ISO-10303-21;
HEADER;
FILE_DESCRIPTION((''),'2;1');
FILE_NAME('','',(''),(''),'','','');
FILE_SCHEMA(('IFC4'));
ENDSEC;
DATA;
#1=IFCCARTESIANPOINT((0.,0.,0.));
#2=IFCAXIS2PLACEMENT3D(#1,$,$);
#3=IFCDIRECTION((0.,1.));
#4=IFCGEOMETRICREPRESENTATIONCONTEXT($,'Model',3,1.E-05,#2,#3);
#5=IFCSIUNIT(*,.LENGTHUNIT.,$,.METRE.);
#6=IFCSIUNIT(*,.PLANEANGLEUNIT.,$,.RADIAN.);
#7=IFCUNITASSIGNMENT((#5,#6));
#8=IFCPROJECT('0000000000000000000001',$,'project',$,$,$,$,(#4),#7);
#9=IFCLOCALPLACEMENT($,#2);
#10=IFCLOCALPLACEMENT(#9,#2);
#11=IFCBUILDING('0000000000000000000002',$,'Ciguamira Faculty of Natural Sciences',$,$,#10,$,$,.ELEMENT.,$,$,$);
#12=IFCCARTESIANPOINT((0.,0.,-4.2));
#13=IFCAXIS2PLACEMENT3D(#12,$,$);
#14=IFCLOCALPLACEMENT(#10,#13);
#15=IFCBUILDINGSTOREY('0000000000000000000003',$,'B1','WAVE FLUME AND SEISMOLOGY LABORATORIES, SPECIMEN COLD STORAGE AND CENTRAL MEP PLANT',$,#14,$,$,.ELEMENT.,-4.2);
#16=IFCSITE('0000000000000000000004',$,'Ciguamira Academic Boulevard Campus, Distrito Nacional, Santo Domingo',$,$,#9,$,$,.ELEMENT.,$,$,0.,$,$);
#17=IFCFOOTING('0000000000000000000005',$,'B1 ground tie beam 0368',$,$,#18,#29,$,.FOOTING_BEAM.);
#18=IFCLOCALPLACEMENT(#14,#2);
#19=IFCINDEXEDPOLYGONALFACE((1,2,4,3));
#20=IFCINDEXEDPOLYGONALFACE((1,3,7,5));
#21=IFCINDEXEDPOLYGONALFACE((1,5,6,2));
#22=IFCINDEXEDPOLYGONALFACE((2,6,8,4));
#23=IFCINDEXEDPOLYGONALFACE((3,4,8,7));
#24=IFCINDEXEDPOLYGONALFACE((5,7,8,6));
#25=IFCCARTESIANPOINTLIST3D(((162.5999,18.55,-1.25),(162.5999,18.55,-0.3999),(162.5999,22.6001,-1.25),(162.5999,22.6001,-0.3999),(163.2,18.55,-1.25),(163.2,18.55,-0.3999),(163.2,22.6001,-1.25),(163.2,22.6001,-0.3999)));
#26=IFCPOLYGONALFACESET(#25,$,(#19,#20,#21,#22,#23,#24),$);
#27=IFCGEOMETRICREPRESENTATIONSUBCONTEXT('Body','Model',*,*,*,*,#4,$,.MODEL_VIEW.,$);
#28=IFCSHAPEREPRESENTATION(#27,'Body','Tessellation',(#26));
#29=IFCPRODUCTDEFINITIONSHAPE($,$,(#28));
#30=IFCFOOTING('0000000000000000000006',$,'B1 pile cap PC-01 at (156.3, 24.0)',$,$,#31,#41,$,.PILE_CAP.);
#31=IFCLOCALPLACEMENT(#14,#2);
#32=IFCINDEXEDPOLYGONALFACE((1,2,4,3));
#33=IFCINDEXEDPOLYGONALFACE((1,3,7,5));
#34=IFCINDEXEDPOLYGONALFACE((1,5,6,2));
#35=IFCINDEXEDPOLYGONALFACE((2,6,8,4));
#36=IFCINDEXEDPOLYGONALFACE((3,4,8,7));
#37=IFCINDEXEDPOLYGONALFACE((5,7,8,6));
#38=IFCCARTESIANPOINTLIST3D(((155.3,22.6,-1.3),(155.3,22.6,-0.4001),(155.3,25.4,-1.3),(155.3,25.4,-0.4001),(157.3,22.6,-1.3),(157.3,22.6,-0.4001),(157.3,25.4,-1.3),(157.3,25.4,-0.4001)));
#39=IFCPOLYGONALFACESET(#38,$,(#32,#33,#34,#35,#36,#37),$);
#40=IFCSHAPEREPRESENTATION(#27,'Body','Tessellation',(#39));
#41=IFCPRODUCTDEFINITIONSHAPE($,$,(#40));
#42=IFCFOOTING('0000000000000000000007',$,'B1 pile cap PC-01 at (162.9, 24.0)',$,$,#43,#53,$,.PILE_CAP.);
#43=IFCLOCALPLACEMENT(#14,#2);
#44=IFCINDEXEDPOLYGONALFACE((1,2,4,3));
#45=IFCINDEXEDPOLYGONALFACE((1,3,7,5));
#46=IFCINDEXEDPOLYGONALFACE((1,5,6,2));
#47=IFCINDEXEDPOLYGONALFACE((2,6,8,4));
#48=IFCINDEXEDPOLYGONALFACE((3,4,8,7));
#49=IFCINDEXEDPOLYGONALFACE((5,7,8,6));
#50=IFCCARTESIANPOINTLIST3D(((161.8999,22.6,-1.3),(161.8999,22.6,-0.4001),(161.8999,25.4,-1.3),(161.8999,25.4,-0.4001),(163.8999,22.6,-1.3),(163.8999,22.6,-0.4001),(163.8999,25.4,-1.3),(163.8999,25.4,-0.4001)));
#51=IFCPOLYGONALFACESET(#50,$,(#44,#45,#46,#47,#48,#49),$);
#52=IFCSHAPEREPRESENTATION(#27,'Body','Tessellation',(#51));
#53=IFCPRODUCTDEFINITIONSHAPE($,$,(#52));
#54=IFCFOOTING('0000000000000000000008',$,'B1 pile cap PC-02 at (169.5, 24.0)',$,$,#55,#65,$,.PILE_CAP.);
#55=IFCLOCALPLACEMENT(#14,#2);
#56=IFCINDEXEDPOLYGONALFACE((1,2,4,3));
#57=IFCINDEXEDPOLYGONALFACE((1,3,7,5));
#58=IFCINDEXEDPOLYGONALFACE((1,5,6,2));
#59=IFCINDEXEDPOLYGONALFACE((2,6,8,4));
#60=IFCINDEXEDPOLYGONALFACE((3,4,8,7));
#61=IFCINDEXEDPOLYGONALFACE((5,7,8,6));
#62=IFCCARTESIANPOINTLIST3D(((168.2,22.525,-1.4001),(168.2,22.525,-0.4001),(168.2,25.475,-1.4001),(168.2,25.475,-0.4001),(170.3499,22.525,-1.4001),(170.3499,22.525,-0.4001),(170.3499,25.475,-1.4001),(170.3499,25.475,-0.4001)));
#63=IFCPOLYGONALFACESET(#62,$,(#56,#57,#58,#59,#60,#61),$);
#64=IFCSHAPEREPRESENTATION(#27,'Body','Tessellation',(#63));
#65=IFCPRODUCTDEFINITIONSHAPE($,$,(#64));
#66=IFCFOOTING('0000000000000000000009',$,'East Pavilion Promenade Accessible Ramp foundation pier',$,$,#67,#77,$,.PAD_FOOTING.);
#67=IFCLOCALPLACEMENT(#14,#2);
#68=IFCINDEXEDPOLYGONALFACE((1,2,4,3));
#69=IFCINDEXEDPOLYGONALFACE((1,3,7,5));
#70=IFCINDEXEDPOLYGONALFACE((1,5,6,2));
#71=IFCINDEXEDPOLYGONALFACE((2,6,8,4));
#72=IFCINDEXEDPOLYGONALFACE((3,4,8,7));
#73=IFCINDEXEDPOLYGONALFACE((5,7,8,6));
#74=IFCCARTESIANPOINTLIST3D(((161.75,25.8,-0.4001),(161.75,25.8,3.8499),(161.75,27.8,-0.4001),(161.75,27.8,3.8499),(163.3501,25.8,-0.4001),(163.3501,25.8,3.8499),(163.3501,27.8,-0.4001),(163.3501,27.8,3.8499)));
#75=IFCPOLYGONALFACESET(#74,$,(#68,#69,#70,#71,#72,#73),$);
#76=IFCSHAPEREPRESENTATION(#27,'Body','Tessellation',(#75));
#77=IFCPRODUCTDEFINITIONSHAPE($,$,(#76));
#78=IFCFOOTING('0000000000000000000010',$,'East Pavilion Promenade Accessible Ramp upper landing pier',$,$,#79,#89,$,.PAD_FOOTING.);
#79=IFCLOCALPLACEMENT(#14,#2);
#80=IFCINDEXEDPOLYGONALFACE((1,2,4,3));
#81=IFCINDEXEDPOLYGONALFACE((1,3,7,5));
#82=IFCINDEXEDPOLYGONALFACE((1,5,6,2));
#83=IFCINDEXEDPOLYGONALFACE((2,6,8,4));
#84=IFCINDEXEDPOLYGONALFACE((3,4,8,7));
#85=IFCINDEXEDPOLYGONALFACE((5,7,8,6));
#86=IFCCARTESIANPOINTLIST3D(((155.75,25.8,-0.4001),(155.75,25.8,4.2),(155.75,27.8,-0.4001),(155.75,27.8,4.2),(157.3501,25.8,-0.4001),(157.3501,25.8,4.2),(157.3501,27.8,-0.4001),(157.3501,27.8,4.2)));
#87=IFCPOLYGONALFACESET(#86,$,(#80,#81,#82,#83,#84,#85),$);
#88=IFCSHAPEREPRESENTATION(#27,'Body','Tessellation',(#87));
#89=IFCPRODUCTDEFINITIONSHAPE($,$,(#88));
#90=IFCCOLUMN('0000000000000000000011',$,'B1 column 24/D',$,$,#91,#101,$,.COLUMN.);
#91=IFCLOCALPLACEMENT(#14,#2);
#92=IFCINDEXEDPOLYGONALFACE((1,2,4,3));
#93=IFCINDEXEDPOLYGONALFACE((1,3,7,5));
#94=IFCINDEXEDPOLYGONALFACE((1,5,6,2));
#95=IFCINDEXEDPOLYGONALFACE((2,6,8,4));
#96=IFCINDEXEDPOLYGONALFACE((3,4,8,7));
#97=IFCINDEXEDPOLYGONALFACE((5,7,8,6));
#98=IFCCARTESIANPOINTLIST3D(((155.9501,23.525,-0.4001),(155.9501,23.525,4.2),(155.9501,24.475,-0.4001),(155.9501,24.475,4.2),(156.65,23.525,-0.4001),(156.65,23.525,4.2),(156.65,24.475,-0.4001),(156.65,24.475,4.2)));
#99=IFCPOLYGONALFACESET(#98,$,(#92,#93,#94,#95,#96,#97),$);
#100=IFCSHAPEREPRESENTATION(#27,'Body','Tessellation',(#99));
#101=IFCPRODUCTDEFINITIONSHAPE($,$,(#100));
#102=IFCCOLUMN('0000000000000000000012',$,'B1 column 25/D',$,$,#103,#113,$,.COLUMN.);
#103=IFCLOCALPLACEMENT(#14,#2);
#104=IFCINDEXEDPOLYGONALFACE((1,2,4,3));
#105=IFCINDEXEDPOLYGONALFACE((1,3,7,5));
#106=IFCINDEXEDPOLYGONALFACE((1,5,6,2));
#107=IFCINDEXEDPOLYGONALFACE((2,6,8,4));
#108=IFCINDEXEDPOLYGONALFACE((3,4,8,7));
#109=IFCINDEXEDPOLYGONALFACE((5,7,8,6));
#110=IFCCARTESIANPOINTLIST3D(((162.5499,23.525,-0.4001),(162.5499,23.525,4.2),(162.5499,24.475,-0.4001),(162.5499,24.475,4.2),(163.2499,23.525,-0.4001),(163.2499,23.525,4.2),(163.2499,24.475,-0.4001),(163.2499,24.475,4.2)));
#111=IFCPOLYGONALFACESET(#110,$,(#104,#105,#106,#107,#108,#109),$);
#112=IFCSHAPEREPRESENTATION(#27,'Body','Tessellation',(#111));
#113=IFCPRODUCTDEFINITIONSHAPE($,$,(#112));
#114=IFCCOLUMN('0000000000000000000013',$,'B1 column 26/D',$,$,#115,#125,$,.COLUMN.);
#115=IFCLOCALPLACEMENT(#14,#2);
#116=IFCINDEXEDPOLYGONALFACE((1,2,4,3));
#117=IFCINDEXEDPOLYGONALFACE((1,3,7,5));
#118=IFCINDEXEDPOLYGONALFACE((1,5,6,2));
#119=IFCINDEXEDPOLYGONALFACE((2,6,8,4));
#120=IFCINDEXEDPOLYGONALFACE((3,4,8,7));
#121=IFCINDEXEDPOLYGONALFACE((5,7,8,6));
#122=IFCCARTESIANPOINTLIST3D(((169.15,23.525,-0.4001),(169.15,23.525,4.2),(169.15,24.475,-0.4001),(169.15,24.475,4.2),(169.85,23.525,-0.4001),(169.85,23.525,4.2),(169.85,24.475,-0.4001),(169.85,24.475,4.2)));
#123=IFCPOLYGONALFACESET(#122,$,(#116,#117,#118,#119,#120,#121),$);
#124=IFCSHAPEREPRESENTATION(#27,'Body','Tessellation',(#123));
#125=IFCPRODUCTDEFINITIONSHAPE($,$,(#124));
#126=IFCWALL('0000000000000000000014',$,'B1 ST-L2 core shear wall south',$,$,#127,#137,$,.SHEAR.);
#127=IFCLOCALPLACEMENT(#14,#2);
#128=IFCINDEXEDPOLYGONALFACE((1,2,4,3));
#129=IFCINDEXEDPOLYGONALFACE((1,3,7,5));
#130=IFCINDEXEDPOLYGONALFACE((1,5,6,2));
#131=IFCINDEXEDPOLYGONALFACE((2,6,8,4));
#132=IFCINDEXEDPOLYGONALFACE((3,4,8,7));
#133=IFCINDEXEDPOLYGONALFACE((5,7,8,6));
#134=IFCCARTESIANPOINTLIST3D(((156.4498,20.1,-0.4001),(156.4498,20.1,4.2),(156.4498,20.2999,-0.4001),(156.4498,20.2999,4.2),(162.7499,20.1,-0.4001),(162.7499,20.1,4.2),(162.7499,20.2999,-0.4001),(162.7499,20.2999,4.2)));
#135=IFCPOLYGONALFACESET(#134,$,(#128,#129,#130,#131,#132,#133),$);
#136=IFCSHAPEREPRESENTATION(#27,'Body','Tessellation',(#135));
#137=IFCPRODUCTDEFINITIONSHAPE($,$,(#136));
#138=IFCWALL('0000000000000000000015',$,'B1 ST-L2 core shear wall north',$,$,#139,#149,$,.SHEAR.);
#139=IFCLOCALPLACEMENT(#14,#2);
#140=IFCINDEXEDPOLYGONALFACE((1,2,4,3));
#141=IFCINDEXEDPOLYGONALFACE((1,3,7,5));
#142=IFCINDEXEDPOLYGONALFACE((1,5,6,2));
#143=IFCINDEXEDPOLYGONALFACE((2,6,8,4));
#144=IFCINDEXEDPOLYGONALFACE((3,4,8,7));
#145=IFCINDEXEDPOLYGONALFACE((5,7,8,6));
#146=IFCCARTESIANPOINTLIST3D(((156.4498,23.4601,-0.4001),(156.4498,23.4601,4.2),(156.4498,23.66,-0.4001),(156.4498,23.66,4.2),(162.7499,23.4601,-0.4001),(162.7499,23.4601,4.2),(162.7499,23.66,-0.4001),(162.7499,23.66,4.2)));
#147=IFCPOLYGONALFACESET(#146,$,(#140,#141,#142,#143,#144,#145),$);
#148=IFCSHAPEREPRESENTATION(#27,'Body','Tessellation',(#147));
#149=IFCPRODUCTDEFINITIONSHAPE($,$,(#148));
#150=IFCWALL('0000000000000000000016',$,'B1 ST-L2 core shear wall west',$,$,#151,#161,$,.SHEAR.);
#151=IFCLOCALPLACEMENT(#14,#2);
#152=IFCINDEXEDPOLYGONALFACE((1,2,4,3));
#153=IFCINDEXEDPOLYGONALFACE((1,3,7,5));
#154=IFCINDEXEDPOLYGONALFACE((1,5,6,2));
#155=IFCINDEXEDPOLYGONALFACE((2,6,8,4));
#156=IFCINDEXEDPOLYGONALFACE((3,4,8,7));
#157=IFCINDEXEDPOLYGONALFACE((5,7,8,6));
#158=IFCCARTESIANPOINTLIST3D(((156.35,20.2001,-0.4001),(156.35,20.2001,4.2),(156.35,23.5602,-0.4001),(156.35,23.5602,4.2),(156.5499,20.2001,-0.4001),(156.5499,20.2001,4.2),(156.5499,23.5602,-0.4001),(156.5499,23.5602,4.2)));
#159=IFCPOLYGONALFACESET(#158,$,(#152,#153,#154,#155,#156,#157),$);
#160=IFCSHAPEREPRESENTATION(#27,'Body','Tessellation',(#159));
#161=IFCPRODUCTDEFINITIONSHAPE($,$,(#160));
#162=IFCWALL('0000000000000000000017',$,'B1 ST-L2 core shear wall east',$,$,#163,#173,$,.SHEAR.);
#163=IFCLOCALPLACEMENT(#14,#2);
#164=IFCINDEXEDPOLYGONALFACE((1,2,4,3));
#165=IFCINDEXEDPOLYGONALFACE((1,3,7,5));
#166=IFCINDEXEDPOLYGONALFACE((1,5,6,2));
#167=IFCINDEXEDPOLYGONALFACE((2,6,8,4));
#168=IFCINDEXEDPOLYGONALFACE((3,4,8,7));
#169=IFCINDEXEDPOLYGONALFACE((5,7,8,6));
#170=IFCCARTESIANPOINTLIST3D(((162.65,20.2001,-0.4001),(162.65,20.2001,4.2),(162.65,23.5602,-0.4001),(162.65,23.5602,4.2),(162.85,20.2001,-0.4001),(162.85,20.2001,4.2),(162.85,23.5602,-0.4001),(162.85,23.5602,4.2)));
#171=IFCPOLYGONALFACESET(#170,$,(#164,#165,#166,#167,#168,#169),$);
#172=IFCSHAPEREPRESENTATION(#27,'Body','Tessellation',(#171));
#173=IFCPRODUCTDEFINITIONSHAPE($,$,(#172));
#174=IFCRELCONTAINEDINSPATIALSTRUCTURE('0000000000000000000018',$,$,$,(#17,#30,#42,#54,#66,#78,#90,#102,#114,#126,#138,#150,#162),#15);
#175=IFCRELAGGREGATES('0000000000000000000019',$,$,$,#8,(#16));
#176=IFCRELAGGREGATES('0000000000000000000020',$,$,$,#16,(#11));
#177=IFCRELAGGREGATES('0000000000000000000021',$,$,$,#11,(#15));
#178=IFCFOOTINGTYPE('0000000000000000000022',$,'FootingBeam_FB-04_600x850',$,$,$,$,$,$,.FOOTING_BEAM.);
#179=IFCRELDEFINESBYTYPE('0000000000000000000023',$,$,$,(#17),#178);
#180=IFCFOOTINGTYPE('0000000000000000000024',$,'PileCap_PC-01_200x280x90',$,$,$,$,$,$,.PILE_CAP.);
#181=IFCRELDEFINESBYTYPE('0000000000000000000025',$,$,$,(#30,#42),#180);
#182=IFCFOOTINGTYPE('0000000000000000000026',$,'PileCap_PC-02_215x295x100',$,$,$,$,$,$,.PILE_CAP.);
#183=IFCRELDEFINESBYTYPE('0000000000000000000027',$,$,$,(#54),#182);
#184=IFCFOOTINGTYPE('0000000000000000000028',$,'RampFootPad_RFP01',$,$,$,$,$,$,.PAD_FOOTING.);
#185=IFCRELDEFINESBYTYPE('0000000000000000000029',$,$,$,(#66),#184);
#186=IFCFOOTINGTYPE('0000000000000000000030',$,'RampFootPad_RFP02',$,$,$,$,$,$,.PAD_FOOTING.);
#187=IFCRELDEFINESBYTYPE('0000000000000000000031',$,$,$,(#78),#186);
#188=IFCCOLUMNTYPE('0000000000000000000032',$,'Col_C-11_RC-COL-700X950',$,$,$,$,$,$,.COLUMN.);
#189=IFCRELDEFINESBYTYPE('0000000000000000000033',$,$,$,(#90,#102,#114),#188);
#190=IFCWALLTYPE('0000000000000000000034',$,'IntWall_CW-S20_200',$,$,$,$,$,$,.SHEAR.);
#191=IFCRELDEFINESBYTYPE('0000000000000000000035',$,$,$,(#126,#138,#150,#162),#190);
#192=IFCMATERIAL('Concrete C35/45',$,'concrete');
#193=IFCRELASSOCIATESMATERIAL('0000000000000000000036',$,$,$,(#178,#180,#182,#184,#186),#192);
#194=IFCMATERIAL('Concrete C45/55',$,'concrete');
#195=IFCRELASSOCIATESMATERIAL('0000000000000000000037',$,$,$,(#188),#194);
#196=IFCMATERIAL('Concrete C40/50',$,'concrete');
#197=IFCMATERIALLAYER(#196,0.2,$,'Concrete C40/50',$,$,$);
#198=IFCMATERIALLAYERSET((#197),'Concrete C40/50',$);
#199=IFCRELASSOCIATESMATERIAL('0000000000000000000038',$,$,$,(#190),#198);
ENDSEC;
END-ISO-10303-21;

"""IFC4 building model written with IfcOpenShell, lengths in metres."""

from ifc_helpers import new_model, si_unit, direction, frame, frame_2d, origin, origin_2d, place, context, subcontext, project, spatial, rectangle, extrude, material, layer, layer_set, material_profile, profile_set, type_object, element, save


model = new_model("IFC4")

# Units and contexts
model_context = context("Model", 3, precision=1e-05, world=origin(), true_north=direction((0.0, 1.0)))
body_context = subcontext(model_context, "Body", "Model", "MODEL_VIEW")
ifc_project = project(units=[si_unit("LENGTHUNIT", "METRE"), si_unit("PLANEANGLEUNIT", "RADIAN")], contexts=[model_context])

# Site, building, storey
site_placement = place(None, origin())
site = spatial("IfcSite", under=ifc_project, at=site_placement, Name="Ciguamira Academic Boulevard Campus, Distrito Nacional, Santo Domingo", CompositionType="ELEMENT", RefElevation=0.0)
building_placement = place(site_placement, origin())
building = spatial("IfcBuilding", under=site, at=building_placement, Name="Ciguamira Faculty of Natural Sciences", CompositionType="ELEMENT")
storey_placement = place(building_placement, frame((0.0, 0.0, -4.2)))
storey = spatial("IfcBuildingStorey", under=building, at=storey_placement, Name="B1", Description="WAVE FLUME AND SEISMOLOGY LABORATORIES, SPECIMEN COLD STORAGE AND CENTRAL MEP PLANT", CompositionType="ELEMENT", Elevation=-4.2)

# Shared definitions
ifc_material_1 = material(Name="Concrete C35/45", Category="concrete")

# Footings
ifc_material_profile_1 = material_profile(ifc_material_1, rectangle(XDim=0.6001, YDim=0.8501, at=origin_2d()), Name="RC-FB-600X850")
ifc_profile_set_1 = profile_set([ifc_material_profile_1], Name="Concrete C35/45")
footing_type_1 = type_object("IfcFootingType", Name="FootingBeam_FB-04_600x850", PredefinedType="FOOTING_BEAM", material=ifc_profile_set_1)
footing_1_placement = place(storey_placement, frame((162.8999, 18.55, -0.825), z_axis=(0.0, 1.0, 0.0), x_axis=(-1.0, 0.0, 0.0)))
element("IfcFooting", 1, at=footing_1_placement, inside=storey, type_object=footing_type_1, Name="B1 ground tie beam 0368", PredefinedType="FOOTING_BEAM", context=body_context, shape_type="SweptSolid", body=[
    extrude(rectangle(XDim=0.6001, YDim=0.8501, at=origin_2d()), origin(), (0.0, 0.0, 1.0), 4.05),
])
footing_type_2 = type_object("IfcFootingType", Name="PileCap_PC-01_200x280x90", PredefinedType="PILE_CAP", material=ifc_material_1)
for number, where, z_axis, x_axis, name in (
    (2, (156.3, 24.0, -1.3), (0.0, 0.0, 1.0), (1.0, 0.0, 0.0), "B1 pile cap PC-01 at (156.3, 24.0)"),
    (3, (162.8999, 24.0, -1.3), (0.0, 0.0, 1.0), (1.0, 0.0, 0.0), "B1 pile cap PC-01 at (162.9, 24.0)"),
):
    element("IfcFooting", number, at=place(storey_placement, frame(where, z_axis=z_axis, x_axis=x_axis)), inside=storey, type_object=footing_type_2, Name=name, PredefinedType="PILE_CAP", context=body_context, shape_type="SweptSolid", body=[
        extrude(rectangle(XDim=2.0, YDim=2.8, at=origin_2d()), origin(), (0.0, 0.0, 1.0), 0.8999),
    ])
footing_type_3 = type_object("IfcFootingType", Name="PileCap_PC-02_215x295x100", PredefinedType="PILE_CAP", material=ifc_material_1)
footing_2_placement = place(storey_placement, frame((169.2749, 24.0, -1.4001), z_axis=(0.0, 0.0, 1.0), x_axis=(1.0, 0.0, 0.0)))
element("IfcFooting", 4, at=footing_2_placement, inside=storey, type_object=footing_type_3, Name="B1 pile cap PC-02 at (169.5, 24.0)", PredefinedType="PILE_CAP", context=body_context, shape_type="SweptSolid", body=[
    extrude(rectangle(XDim=2.1499, YDim=2.95, at=origin_2d()), origin(), (0.0, 0.0, 1.0), 1.0),
])
footing_type_4 = type_object("IfcFootingType", Name="RampFootPad_RFP01", PredefinedType="PAD_FOOTING", material=ifc_material_1)
footing_3_placement = place(storey_placement, frame((162.55, 26.8, -0.4001), z_axis=(0.0, 0.0, 1.0), x_axis=(-1.0, 0.0, 0.0)))
element("IfcFooting", 5, at=footing_3_placement, inside=storey, type_object=footing_type_4, Name="East Pavilion Promenade Accessible Ramp foundation pier", PredefinedType="PAD_FOOTING", context=body_context, shape_type="SweptSolid", body=[
    extrude(rectangle(XDim=1.6001, YDim=2.0, at=origin_2d()), origin(), (0.0, 0.0, 1.0), 4.25),
])
footing_type_5 = type_object("IfcFootingType", Name="RampFootPad_RFP02", PredefinedType="PAD_FOOTING", material=ifc_material_1)
footing_4_placement = place(storey_placement, frame((156.55, 26.8, -0.4001), z_axis=(0.0, 0.0, 1.0), x_axis=(-1.0, 0.0, 0.0)))
element("IfcFooting", 6, at=footing_4_placement, inside=storey, type_object=footing_type_5, Name="East Pavilion Promenade Accessible Ramp upper landing pier", PredefinedType="PAD_FOOTING", context=body_context, shape_type="SweptSolid", body=[
    extrude(rectangle(XDim=1.6001, YDim=2.0, at=origin_2d()), origin(), (0.0, 0.0, 1.0), 4.6001),
])

# Columns
ifc_material_2 = material(Name="Concrete C45/55", Category="concrete")
ifc_material_profile_2 = material_profile(ifc_material_2, rectangle(XDim=0.7, YDim=0.95, at=origin_2d()), Name="RC-COL-700X950")
ifc_profile_set_2 = profile_set([ifc_material_profile_2], Name="Concrete C45/55")
column_type = type_object("IfcColumnType", Name="Col_C-11_RC-COL-700X950", PredefinedType="COLUMN", material=ifc_profile_set_2)
for number, where, z_axis, x_axis, name in (
    (7, (156.3, 24.0, -0.4001), (0.0, 0.0, 1.0), (1.0, 0.0, 0.0), "B1 column 24/D"),
    (8, (162.8999, 24.0, -0.4001), (0.0, 0.0, 1.0), (1.0, 0.0, 0.0), "B1 column 25/D"),
    (9, (169.5, 24.0, -0.4001), (0.0, 0.0, 1.0), (1.0, 0.0, 0.0), "B1 column 26/D"),
):
    element("IfcColumn", number, at=place(storey_placement, frame(where, z_axis=z_axis, x_axis=x_axis)), inside=storey, type_object=column_type, Name=name, PredefinedType="COLUMN", context=body_context, shape_type="SweptSolid", body=[
        extrude(rectangle(XDim=0.7, YDim=0.95, at=origin_2d()), origin(), (0.0, 0.0, 1.0), 4.6001),
    ])

# Walls
ifc_material_3 = material(Name="Concrete C40/50", Category="concrete")
ifc_layer = layer(ifc_material_3, 0.2, Name="Concrete C40/50")
ifc_layer_set = layer_set([ifc_layer], Name="Concrete C40/50")
wall_type = type_object("IfcWallType", Name="IntWall_CW-S20_200", PredefinedType="SHEAR", material=ifc_layer_set)
for number, where, z_axis, x_axis, name in (
    (10, (156.45, 20.2, -0.4001), (0.0, 0.0, 1.0), (1.0, 0.0, 0.0), "B1 ST-L2 core shear wall south"),
    (11, (156.45, 23.5601, -0.4001), (0.0, 0.0, 1.0), (1.0, 0.0, 0.0), "B1 ST-L2 core shear wall north"),
):
    element("IfcWall", number, at=place(storey_placement, frame(where, z_axis=z_axis, x_axis=x_axis)), inside=storey, type_object=wall_type, Name=name, PredefinedType="SHEAR", context=body_context, shape_type="SweptSolid", body=[
        extrude(rectangle(XDim=6.3, YDim=0.2, at=frame_2d((3.1499, 0.0))), origin(), (0.0, 0.0, 1.0), 4.6001),
    ])
for number, where, z_axis, x_axis, name in (
    (12, (156.45, 20.2, -0.4001), (0.0, 0.0, 1.0), (0.0, 1.0, 0.0), "B1 ST-L2 core shear wall west"),
    (13, (162.75, 20.2, -0.4001), (0.0, 0.0, 1.0), (0.0, 1.0, 0.0), "B1 ST-L2 core shear wall east"),
):
    element("IfcWall", number, at=place(storey_placement, frame(where, z_axis=z_axis, x_axis=x_axis)), inside=storey, type_object=wall_type, Name=name, PredefinedType="SHEAR", context=body_context, shape_type="SweptSolid", body=[
        extrude(rectangle(XDim=3.3601, YDim=0.2, at=frame_2d((1.6802, 0.0))), origin(), (0.0, 0.0, 1.0), 4.6001),
    ])

save(model, "model.ifc")
